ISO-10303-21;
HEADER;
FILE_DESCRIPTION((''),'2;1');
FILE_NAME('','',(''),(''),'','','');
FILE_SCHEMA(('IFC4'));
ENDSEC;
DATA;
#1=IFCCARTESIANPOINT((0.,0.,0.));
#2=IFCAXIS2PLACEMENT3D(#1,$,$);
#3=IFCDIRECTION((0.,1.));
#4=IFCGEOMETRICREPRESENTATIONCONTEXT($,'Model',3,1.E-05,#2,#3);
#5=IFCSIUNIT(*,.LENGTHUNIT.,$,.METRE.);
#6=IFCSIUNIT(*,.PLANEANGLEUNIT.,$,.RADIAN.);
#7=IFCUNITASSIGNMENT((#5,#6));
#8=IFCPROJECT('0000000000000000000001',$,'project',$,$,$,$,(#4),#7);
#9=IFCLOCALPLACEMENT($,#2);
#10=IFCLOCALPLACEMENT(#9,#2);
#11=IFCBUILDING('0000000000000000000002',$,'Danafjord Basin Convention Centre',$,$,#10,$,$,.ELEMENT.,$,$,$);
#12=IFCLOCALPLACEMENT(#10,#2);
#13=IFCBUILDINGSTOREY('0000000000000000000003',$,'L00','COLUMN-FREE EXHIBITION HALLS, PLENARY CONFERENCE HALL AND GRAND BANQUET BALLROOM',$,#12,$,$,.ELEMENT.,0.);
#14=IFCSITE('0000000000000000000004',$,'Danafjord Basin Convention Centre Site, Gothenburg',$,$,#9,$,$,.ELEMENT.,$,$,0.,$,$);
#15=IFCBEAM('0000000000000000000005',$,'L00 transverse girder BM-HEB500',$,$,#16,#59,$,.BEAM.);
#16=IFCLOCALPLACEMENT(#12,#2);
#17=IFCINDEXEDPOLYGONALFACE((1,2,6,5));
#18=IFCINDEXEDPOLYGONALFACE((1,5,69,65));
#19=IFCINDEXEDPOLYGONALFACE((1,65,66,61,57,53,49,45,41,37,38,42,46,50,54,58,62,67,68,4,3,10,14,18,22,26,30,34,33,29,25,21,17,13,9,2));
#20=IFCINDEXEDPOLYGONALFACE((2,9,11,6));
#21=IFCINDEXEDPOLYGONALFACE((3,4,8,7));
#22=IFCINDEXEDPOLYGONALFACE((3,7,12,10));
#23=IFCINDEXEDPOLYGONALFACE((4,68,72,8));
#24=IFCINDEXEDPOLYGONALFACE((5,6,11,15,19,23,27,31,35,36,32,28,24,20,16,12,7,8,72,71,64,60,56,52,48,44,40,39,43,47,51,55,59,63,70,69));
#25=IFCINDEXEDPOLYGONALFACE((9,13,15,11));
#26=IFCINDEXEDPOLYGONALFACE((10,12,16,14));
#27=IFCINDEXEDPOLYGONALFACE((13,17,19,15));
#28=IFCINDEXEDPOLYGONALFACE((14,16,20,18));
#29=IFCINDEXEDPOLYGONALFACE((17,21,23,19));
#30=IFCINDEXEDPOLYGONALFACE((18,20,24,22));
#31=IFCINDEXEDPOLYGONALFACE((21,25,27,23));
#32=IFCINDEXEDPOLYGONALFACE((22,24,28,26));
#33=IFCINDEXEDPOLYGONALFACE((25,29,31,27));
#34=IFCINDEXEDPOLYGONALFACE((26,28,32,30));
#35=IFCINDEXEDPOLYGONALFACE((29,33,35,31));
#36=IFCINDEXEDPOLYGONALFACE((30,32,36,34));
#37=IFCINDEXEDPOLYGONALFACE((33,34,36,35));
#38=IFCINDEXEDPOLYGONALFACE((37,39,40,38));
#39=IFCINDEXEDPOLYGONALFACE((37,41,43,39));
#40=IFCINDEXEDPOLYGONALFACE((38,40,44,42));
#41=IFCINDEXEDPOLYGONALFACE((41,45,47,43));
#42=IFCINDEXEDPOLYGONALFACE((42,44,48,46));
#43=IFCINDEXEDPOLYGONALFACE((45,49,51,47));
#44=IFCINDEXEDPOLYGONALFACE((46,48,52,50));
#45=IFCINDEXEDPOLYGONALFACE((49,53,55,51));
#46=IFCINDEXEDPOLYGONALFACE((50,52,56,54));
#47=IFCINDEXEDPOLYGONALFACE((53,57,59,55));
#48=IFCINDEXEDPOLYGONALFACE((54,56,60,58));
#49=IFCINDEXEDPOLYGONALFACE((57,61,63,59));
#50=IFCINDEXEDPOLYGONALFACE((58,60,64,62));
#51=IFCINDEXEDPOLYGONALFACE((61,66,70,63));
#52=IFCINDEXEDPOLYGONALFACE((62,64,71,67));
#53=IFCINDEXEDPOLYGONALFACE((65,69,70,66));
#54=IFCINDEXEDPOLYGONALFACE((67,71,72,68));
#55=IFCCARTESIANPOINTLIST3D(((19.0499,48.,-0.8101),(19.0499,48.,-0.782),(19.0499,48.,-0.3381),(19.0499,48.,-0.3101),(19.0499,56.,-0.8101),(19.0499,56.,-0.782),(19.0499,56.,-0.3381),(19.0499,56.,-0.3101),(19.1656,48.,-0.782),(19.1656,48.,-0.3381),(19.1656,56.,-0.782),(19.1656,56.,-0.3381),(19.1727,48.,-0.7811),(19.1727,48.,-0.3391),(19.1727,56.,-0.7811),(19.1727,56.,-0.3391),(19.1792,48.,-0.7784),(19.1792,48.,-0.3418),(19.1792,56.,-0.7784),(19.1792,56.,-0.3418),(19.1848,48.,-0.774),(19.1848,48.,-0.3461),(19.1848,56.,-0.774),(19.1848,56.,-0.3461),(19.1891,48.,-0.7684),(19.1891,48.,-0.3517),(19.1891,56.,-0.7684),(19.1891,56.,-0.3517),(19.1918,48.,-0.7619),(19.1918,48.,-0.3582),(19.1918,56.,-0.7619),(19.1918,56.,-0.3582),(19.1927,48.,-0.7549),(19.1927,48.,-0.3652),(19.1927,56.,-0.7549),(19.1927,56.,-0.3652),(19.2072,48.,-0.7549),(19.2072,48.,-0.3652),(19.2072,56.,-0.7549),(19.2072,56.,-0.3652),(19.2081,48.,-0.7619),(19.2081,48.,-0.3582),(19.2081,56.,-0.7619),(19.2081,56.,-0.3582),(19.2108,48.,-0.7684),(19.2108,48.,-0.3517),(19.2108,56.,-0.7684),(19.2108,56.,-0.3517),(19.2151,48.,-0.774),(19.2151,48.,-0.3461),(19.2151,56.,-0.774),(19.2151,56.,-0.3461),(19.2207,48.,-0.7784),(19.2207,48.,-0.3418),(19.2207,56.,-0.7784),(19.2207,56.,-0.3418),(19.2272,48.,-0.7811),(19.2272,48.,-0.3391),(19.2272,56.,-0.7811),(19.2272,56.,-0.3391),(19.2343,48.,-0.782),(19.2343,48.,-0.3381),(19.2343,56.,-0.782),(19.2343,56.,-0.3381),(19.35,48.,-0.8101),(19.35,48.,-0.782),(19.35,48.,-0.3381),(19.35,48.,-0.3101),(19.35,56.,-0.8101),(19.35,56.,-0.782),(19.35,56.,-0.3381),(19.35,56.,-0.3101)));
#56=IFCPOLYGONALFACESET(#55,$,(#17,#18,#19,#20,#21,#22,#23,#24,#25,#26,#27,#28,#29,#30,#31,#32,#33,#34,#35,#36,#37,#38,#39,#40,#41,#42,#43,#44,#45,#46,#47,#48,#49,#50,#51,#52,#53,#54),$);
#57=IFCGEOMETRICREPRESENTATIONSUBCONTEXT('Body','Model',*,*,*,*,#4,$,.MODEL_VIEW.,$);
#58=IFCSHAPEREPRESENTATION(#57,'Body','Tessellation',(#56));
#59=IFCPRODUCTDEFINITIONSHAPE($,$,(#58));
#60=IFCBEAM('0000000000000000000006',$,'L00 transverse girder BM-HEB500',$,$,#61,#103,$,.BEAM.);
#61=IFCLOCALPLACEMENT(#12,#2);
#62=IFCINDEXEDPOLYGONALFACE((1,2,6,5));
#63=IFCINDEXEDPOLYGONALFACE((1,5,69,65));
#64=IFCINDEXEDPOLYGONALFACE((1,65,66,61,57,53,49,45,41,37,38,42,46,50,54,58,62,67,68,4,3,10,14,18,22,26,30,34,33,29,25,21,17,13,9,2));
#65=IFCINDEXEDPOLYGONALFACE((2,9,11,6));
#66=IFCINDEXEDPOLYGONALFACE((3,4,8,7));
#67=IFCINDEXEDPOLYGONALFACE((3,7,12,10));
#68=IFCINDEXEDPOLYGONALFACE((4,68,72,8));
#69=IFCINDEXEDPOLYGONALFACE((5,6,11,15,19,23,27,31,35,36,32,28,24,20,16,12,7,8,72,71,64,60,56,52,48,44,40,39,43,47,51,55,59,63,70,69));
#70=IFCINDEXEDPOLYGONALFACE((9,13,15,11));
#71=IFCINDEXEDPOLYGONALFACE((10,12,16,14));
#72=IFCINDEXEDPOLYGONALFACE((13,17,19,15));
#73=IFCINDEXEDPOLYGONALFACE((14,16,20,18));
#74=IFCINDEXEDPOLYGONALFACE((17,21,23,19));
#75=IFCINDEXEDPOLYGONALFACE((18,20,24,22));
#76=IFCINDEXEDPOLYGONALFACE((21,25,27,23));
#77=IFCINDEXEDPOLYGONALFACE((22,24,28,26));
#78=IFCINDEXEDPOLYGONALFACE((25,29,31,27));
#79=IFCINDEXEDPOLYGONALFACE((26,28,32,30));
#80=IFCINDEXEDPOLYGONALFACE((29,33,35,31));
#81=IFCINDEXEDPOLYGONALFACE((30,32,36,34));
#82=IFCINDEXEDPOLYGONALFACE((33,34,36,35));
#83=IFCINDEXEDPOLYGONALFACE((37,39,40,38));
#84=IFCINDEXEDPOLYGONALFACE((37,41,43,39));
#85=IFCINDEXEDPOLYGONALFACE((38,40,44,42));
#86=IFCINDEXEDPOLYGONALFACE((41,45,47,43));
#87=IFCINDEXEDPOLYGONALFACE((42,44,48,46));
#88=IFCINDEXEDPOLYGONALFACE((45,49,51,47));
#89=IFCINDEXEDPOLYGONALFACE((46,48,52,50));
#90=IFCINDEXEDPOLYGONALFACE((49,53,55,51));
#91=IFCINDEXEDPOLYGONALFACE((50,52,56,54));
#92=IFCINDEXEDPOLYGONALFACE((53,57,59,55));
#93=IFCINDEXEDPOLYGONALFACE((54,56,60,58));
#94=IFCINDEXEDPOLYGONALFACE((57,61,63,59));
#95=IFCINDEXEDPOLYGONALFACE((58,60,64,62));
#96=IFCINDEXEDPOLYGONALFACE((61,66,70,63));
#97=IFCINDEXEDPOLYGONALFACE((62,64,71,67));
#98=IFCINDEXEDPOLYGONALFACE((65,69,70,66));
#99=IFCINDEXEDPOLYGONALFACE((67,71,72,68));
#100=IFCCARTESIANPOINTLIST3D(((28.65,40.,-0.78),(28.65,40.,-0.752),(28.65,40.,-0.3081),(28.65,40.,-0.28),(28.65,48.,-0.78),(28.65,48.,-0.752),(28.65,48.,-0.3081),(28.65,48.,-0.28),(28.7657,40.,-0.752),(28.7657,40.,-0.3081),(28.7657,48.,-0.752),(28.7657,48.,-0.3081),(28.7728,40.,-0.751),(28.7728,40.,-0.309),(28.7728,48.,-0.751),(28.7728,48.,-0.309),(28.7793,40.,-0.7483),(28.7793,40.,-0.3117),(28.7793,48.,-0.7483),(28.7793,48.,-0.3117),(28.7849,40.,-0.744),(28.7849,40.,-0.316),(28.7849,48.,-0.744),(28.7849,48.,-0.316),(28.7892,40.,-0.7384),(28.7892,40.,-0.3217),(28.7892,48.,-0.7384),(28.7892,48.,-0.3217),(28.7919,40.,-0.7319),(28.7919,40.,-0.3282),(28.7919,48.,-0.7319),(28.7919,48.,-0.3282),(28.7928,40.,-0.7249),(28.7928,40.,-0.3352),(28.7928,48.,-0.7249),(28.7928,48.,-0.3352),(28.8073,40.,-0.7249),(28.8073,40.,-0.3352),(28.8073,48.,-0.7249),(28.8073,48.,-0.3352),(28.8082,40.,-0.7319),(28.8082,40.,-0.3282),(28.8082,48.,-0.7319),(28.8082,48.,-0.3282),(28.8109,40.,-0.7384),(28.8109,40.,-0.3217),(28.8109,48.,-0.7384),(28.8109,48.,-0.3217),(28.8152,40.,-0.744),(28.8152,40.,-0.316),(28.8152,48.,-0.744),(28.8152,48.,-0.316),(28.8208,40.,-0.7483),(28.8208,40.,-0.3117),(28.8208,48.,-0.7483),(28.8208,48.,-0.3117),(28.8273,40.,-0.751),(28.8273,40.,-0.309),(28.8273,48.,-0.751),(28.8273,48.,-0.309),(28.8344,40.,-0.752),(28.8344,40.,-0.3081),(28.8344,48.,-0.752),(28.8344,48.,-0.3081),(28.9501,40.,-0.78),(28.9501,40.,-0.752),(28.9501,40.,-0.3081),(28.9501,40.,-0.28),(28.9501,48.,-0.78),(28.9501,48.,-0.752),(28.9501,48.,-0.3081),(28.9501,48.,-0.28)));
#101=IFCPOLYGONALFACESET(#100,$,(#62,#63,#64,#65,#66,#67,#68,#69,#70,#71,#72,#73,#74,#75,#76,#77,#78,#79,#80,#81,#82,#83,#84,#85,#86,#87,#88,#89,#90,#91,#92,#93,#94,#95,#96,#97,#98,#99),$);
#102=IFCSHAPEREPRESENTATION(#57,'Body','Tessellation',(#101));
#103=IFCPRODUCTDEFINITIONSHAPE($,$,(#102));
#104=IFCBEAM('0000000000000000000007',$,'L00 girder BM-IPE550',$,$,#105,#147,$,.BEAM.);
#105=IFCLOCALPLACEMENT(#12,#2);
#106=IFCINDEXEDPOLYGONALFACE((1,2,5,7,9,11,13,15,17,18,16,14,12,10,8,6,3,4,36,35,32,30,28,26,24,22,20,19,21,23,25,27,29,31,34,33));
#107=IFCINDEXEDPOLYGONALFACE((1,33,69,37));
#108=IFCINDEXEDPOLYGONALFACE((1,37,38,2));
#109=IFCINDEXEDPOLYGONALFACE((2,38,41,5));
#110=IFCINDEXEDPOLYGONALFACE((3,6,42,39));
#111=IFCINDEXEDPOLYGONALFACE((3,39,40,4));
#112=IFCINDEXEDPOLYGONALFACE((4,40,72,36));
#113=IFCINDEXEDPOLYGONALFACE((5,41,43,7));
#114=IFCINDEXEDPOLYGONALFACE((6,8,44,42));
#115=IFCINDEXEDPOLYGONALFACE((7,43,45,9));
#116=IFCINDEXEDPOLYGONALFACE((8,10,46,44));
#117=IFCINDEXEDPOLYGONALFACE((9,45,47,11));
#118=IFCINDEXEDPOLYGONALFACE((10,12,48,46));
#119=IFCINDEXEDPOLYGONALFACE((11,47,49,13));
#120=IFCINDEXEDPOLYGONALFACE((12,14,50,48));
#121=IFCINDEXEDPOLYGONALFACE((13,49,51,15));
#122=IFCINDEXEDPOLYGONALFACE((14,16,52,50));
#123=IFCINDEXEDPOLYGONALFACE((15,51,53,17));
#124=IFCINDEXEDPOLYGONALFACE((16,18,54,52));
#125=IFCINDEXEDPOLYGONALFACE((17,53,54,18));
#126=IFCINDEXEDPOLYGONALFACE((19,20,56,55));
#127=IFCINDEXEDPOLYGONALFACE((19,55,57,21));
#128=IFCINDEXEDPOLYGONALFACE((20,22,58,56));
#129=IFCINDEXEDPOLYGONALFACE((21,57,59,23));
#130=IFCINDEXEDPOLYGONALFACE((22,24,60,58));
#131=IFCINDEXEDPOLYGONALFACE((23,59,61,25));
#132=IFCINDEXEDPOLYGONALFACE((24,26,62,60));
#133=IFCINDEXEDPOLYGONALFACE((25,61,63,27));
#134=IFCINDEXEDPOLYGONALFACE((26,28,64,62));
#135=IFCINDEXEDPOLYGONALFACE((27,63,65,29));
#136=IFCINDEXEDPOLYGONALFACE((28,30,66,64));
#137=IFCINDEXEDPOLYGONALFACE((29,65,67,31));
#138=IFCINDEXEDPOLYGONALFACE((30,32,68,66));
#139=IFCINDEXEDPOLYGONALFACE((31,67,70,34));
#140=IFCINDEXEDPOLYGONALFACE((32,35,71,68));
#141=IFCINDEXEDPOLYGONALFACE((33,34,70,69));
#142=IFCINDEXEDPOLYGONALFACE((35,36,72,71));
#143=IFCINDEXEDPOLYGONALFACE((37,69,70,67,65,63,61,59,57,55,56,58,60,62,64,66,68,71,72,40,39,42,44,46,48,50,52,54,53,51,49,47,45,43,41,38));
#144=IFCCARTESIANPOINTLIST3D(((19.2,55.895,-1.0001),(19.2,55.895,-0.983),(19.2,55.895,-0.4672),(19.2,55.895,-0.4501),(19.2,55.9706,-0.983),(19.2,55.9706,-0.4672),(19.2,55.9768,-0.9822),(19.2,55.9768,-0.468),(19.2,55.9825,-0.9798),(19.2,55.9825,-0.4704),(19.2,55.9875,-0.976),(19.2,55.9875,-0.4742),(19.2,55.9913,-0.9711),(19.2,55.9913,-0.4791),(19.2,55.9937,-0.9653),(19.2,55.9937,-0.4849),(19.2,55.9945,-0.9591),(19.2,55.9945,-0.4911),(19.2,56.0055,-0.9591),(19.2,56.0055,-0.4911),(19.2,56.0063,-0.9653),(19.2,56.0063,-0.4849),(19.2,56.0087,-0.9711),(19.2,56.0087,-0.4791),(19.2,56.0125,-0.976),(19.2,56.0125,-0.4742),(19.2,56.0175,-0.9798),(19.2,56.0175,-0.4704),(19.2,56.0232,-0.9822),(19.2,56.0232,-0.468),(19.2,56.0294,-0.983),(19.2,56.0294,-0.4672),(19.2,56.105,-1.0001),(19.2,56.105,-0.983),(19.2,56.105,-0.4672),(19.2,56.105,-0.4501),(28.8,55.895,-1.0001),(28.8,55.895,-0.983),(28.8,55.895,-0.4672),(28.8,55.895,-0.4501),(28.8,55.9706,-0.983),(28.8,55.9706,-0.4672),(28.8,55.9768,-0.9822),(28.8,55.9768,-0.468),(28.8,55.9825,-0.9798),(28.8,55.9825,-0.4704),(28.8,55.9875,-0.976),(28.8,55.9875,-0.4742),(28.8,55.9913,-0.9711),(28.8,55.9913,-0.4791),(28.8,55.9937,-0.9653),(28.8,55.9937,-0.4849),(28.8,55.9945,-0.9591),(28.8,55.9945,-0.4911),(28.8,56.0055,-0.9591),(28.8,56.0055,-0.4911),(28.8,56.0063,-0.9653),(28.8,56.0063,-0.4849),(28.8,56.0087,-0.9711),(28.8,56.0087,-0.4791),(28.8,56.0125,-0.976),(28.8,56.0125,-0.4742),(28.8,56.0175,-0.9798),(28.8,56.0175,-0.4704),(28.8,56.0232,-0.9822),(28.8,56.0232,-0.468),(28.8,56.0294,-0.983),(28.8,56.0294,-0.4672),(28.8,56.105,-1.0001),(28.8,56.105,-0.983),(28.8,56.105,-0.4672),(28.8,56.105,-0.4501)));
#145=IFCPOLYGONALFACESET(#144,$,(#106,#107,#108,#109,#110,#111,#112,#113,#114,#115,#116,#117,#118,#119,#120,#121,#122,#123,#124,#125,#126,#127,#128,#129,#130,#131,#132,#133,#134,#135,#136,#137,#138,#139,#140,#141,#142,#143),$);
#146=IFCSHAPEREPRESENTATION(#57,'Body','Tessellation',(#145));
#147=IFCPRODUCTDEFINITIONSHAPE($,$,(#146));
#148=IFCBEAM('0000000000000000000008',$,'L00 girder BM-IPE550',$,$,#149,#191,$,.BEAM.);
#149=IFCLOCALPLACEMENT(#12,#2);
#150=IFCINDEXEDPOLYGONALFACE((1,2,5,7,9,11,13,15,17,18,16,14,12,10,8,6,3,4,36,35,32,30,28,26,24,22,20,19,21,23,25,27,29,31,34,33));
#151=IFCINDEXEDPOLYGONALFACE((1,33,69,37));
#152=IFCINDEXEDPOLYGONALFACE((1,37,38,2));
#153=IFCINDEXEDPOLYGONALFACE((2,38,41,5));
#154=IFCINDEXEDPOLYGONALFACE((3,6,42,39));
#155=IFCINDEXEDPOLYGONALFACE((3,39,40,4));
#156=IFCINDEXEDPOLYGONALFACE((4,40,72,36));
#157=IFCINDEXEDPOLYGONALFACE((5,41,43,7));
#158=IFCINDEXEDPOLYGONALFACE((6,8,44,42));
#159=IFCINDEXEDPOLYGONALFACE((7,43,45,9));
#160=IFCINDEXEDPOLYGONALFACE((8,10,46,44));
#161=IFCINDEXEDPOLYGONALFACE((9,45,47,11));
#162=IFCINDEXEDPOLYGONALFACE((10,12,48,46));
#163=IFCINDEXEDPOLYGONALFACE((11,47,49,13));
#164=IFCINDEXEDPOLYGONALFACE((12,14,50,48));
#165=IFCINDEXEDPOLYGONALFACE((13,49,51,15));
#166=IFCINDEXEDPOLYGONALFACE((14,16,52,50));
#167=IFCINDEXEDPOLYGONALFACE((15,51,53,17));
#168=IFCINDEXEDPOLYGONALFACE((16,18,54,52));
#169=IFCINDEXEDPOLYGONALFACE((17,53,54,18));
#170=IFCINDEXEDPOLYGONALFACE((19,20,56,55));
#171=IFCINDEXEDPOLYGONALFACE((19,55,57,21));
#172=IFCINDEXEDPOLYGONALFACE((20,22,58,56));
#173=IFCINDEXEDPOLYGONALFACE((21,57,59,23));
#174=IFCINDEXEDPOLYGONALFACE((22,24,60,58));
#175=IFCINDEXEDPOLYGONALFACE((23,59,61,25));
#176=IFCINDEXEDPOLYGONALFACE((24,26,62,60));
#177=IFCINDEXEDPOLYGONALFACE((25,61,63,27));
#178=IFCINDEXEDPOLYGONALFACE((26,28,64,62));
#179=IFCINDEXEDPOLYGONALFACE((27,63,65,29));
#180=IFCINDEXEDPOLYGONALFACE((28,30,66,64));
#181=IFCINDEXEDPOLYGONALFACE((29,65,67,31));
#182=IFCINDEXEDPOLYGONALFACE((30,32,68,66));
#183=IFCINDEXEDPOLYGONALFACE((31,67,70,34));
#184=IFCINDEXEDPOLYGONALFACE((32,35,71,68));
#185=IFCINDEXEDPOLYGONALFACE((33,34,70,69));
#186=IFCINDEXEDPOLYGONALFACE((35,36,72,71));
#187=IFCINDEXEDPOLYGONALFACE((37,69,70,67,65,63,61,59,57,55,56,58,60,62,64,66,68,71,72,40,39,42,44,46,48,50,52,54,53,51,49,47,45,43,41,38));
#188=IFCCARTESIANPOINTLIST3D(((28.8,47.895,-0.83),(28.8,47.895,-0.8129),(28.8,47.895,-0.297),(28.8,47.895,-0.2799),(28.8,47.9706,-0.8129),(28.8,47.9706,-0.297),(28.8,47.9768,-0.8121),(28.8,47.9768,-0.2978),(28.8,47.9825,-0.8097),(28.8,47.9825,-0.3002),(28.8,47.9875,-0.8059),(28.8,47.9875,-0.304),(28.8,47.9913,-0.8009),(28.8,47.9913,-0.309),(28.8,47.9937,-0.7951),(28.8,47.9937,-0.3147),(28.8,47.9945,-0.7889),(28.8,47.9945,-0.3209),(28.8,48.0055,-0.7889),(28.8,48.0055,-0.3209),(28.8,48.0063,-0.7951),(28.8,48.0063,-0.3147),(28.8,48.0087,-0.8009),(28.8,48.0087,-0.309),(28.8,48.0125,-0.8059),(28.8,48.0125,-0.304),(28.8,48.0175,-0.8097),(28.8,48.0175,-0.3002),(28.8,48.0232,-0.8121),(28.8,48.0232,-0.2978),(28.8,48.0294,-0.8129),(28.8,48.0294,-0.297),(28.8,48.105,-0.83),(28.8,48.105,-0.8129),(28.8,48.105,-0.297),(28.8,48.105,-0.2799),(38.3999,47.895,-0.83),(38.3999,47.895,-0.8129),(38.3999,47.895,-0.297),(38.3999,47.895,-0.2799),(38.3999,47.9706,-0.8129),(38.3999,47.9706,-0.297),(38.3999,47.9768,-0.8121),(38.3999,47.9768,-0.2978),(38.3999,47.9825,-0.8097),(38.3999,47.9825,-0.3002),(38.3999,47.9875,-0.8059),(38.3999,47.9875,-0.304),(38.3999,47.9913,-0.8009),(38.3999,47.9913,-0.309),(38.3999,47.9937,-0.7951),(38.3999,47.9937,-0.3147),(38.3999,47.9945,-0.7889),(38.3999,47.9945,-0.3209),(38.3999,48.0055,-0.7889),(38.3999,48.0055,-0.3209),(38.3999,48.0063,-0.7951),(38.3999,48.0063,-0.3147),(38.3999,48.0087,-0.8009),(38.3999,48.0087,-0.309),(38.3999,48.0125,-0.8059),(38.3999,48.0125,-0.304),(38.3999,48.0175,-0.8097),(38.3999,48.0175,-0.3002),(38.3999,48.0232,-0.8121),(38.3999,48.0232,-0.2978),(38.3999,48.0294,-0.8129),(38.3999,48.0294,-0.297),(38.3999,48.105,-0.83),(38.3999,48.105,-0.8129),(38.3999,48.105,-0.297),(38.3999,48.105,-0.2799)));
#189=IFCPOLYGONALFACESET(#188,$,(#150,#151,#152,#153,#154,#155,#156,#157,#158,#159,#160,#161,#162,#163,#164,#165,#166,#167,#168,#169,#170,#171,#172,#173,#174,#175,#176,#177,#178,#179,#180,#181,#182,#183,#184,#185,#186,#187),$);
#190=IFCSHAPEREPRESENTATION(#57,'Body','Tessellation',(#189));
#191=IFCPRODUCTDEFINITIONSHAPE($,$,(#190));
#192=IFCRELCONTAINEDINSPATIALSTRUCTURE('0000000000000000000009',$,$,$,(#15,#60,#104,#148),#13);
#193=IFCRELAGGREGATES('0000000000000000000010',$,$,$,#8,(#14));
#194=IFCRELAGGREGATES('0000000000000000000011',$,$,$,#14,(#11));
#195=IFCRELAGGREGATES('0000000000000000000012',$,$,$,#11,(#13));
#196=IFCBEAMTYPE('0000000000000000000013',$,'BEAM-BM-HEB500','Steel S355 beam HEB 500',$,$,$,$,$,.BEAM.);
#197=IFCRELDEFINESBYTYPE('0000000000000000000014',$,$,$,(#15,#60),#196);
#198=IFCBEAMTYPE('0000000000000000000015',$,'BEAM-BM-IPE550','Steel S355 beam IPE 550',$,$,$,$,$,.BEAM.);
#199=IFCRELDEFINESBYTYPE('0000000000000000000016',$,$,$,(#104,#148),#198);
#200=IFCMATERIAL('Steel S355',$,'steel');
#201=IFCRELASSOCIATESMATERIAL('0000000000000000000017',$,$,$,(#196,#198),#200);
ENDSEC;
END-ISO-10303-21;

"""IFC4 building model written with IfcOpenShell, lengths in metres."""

from ifc_helpers import new_model, si_unit, direction, frame, origin, origin_2d, place, context, subcontext, project, spatial, i_section, extrude, material, material_profile, profile_set, type_object, element, save


model = new_model("IFC4")

# Units and contexts
model_context = context("Model", 3, precision=1e-05, world=origin(), true_north=direction((0.0, 1.0)))
body_context = subcontext(model_context, "Body", "Model", "MODEL_VIEW")
ifc_project = project(units=[si_unit("LENGTHUNIT", "METRE"), si_unit("PLANEANGLEUNIT", "RADIAN")], contexts=[model_context])

# Site, building, storey
site_placement = place(None, origin())
site = spatial("IfcSite", under=ifc_project, at=site_placement, Name="Danafjord Basin Convention Centre Site, Gothenburg", CompositionType="ELEMENT", RefElevation=0.0)
building_placement = place(site_placement, origin())
building = spatial("IfcBuilding", under=site, at=building_placement, Name="Danafjord Basin Convention Centre", CompositionType="ELEMENT")
storey_placement = place(building_placement, origin())
storey = spatial("IfcBuildingStorey", under=building, at=storey_placement, Name="L00", Description="COLUMN-FREE EXHIBITION HALLS, PLENARY CONFERENCE HALL AND GRAND BANQUET BALLROOM", CompositionType="ELEMENT", Elevation=0.0)

# Shared definitions
ifc_material_1 = material(Name="Steel S355", Category="steel")

# Beams
ifc_material_profile_1 = material_profile(ifc_material_1, i_section(OverallWidth=0.3, OverallDepth=0.5, WebThickness=0.0144, FlangeThickness=0.0281, FilletRadius=0.0271, at=origin_2d()), Name="HEB 500")
ifc_profile_set_1 = profile_set([ifc_material_profile_1], Name="Steel S355")
beam_type_1 = type_object("IfcBeamType", Name="BEAM-BM-HEB500", Description="Steel S355 beam HEB 500", PredefinedType="BEAM", material=ifc_profile_set_1)
for number, where, z_axis, x_axis, name in (
    (1, (19.2, 48.0, -0.5601), (0.0, 1.0, 0.0), (-1.0, 0.0, 0.0), "L00 transverse girder BM-HEB500"),
    (2, (28.8, 40.0, -0.53), (0.0, 1.0, 0.0), (-1.0, 0.0, 0.0), "L00 transverse girder BM-HEB500"),
):
    element("IfcBeam", number, at=place(storey_placement, frame(where, z_axis=z_axis, x_axis=x_axis)), inside=storey, type_object=beam_type_1, Name=name, PredefinedType="BEAM", context=body_context, shape_type="SweptSolid", body=[
        extrude(i_section(OverallWidth=0.3, OverallDepth=0.5, WebThickness=0.0144, FlangeThickness=0.0281, FilletRadius=0.0271, at=origin_2d()), origin(), (0.0, 0.0, 1.0), 8.0),
    ])
ifc_material_profile_2 = material_profile(ifc_material_1, i_section(OverallWidth=0.21, OverallDepth=0.55, WebThickness=0.011, FlangeThickness=0.0171, FilletRadius=0.0239, at=origin_2d()), Name="IPE 550")
ifc_profile_set_2 = profile_set([ifc_material_profile_2], Name="Steel S355")
beam_type_2 = type_object("IfcBeamType", Name="BEAM-BM-IPE550", Description="Steel S355 beam IPE 550", PredefinedType="BEAM", material=ifc_profile_set_2)
beam_1_placement = place(storey_placement, frame((19.2, 56.0, -0.7251), z_axis=(1.0, 0.0, 0.0), x_axis=(0.0, 1.0, 0.0)))
element("IfcBeam", 3, at=beam_1_placement, inside=storey, type_object=beam_type_2, Name="L00 girder BM-IPE550", PredefinedType="BEAM", context=body_context, shape_type="SweptSolid", body=[
    extrude(i_section(OverallWidth=0.21, OverallDepth=0.55, WebThickness=0.011, FlangeThickness=0.0171, FilletRadius=0.0239, at=origin_2d()), origin(), (0.0, 0.0, 1.0), 9.6001),
])
beam_2_placement = place(storey_placement, frame((28.8, 48.0, -0.5549), z_axis=(1.0, 0.0, 0.0), x_axis=(0.0, 1.0, 0.0)))
element("IfcBeam", 4, at=beam_2_placement, inside=storey, type_object=beam_type_2, Name="L00 girder BM-IPE550", PredefinedType="BEAM", context=body_context, shape_type="SweptSolid", body=[
    extrude(i_section(OverallWidth=0.21, OverallDepth=0.55, WebThickness=0.011, FlangeThickness=0.0171, FilletRadius=0.0239, at=origin_2d()), origin(), (0.0, 0.0, 1.0), 9.5999),
])

save(model, "model.ifc")
